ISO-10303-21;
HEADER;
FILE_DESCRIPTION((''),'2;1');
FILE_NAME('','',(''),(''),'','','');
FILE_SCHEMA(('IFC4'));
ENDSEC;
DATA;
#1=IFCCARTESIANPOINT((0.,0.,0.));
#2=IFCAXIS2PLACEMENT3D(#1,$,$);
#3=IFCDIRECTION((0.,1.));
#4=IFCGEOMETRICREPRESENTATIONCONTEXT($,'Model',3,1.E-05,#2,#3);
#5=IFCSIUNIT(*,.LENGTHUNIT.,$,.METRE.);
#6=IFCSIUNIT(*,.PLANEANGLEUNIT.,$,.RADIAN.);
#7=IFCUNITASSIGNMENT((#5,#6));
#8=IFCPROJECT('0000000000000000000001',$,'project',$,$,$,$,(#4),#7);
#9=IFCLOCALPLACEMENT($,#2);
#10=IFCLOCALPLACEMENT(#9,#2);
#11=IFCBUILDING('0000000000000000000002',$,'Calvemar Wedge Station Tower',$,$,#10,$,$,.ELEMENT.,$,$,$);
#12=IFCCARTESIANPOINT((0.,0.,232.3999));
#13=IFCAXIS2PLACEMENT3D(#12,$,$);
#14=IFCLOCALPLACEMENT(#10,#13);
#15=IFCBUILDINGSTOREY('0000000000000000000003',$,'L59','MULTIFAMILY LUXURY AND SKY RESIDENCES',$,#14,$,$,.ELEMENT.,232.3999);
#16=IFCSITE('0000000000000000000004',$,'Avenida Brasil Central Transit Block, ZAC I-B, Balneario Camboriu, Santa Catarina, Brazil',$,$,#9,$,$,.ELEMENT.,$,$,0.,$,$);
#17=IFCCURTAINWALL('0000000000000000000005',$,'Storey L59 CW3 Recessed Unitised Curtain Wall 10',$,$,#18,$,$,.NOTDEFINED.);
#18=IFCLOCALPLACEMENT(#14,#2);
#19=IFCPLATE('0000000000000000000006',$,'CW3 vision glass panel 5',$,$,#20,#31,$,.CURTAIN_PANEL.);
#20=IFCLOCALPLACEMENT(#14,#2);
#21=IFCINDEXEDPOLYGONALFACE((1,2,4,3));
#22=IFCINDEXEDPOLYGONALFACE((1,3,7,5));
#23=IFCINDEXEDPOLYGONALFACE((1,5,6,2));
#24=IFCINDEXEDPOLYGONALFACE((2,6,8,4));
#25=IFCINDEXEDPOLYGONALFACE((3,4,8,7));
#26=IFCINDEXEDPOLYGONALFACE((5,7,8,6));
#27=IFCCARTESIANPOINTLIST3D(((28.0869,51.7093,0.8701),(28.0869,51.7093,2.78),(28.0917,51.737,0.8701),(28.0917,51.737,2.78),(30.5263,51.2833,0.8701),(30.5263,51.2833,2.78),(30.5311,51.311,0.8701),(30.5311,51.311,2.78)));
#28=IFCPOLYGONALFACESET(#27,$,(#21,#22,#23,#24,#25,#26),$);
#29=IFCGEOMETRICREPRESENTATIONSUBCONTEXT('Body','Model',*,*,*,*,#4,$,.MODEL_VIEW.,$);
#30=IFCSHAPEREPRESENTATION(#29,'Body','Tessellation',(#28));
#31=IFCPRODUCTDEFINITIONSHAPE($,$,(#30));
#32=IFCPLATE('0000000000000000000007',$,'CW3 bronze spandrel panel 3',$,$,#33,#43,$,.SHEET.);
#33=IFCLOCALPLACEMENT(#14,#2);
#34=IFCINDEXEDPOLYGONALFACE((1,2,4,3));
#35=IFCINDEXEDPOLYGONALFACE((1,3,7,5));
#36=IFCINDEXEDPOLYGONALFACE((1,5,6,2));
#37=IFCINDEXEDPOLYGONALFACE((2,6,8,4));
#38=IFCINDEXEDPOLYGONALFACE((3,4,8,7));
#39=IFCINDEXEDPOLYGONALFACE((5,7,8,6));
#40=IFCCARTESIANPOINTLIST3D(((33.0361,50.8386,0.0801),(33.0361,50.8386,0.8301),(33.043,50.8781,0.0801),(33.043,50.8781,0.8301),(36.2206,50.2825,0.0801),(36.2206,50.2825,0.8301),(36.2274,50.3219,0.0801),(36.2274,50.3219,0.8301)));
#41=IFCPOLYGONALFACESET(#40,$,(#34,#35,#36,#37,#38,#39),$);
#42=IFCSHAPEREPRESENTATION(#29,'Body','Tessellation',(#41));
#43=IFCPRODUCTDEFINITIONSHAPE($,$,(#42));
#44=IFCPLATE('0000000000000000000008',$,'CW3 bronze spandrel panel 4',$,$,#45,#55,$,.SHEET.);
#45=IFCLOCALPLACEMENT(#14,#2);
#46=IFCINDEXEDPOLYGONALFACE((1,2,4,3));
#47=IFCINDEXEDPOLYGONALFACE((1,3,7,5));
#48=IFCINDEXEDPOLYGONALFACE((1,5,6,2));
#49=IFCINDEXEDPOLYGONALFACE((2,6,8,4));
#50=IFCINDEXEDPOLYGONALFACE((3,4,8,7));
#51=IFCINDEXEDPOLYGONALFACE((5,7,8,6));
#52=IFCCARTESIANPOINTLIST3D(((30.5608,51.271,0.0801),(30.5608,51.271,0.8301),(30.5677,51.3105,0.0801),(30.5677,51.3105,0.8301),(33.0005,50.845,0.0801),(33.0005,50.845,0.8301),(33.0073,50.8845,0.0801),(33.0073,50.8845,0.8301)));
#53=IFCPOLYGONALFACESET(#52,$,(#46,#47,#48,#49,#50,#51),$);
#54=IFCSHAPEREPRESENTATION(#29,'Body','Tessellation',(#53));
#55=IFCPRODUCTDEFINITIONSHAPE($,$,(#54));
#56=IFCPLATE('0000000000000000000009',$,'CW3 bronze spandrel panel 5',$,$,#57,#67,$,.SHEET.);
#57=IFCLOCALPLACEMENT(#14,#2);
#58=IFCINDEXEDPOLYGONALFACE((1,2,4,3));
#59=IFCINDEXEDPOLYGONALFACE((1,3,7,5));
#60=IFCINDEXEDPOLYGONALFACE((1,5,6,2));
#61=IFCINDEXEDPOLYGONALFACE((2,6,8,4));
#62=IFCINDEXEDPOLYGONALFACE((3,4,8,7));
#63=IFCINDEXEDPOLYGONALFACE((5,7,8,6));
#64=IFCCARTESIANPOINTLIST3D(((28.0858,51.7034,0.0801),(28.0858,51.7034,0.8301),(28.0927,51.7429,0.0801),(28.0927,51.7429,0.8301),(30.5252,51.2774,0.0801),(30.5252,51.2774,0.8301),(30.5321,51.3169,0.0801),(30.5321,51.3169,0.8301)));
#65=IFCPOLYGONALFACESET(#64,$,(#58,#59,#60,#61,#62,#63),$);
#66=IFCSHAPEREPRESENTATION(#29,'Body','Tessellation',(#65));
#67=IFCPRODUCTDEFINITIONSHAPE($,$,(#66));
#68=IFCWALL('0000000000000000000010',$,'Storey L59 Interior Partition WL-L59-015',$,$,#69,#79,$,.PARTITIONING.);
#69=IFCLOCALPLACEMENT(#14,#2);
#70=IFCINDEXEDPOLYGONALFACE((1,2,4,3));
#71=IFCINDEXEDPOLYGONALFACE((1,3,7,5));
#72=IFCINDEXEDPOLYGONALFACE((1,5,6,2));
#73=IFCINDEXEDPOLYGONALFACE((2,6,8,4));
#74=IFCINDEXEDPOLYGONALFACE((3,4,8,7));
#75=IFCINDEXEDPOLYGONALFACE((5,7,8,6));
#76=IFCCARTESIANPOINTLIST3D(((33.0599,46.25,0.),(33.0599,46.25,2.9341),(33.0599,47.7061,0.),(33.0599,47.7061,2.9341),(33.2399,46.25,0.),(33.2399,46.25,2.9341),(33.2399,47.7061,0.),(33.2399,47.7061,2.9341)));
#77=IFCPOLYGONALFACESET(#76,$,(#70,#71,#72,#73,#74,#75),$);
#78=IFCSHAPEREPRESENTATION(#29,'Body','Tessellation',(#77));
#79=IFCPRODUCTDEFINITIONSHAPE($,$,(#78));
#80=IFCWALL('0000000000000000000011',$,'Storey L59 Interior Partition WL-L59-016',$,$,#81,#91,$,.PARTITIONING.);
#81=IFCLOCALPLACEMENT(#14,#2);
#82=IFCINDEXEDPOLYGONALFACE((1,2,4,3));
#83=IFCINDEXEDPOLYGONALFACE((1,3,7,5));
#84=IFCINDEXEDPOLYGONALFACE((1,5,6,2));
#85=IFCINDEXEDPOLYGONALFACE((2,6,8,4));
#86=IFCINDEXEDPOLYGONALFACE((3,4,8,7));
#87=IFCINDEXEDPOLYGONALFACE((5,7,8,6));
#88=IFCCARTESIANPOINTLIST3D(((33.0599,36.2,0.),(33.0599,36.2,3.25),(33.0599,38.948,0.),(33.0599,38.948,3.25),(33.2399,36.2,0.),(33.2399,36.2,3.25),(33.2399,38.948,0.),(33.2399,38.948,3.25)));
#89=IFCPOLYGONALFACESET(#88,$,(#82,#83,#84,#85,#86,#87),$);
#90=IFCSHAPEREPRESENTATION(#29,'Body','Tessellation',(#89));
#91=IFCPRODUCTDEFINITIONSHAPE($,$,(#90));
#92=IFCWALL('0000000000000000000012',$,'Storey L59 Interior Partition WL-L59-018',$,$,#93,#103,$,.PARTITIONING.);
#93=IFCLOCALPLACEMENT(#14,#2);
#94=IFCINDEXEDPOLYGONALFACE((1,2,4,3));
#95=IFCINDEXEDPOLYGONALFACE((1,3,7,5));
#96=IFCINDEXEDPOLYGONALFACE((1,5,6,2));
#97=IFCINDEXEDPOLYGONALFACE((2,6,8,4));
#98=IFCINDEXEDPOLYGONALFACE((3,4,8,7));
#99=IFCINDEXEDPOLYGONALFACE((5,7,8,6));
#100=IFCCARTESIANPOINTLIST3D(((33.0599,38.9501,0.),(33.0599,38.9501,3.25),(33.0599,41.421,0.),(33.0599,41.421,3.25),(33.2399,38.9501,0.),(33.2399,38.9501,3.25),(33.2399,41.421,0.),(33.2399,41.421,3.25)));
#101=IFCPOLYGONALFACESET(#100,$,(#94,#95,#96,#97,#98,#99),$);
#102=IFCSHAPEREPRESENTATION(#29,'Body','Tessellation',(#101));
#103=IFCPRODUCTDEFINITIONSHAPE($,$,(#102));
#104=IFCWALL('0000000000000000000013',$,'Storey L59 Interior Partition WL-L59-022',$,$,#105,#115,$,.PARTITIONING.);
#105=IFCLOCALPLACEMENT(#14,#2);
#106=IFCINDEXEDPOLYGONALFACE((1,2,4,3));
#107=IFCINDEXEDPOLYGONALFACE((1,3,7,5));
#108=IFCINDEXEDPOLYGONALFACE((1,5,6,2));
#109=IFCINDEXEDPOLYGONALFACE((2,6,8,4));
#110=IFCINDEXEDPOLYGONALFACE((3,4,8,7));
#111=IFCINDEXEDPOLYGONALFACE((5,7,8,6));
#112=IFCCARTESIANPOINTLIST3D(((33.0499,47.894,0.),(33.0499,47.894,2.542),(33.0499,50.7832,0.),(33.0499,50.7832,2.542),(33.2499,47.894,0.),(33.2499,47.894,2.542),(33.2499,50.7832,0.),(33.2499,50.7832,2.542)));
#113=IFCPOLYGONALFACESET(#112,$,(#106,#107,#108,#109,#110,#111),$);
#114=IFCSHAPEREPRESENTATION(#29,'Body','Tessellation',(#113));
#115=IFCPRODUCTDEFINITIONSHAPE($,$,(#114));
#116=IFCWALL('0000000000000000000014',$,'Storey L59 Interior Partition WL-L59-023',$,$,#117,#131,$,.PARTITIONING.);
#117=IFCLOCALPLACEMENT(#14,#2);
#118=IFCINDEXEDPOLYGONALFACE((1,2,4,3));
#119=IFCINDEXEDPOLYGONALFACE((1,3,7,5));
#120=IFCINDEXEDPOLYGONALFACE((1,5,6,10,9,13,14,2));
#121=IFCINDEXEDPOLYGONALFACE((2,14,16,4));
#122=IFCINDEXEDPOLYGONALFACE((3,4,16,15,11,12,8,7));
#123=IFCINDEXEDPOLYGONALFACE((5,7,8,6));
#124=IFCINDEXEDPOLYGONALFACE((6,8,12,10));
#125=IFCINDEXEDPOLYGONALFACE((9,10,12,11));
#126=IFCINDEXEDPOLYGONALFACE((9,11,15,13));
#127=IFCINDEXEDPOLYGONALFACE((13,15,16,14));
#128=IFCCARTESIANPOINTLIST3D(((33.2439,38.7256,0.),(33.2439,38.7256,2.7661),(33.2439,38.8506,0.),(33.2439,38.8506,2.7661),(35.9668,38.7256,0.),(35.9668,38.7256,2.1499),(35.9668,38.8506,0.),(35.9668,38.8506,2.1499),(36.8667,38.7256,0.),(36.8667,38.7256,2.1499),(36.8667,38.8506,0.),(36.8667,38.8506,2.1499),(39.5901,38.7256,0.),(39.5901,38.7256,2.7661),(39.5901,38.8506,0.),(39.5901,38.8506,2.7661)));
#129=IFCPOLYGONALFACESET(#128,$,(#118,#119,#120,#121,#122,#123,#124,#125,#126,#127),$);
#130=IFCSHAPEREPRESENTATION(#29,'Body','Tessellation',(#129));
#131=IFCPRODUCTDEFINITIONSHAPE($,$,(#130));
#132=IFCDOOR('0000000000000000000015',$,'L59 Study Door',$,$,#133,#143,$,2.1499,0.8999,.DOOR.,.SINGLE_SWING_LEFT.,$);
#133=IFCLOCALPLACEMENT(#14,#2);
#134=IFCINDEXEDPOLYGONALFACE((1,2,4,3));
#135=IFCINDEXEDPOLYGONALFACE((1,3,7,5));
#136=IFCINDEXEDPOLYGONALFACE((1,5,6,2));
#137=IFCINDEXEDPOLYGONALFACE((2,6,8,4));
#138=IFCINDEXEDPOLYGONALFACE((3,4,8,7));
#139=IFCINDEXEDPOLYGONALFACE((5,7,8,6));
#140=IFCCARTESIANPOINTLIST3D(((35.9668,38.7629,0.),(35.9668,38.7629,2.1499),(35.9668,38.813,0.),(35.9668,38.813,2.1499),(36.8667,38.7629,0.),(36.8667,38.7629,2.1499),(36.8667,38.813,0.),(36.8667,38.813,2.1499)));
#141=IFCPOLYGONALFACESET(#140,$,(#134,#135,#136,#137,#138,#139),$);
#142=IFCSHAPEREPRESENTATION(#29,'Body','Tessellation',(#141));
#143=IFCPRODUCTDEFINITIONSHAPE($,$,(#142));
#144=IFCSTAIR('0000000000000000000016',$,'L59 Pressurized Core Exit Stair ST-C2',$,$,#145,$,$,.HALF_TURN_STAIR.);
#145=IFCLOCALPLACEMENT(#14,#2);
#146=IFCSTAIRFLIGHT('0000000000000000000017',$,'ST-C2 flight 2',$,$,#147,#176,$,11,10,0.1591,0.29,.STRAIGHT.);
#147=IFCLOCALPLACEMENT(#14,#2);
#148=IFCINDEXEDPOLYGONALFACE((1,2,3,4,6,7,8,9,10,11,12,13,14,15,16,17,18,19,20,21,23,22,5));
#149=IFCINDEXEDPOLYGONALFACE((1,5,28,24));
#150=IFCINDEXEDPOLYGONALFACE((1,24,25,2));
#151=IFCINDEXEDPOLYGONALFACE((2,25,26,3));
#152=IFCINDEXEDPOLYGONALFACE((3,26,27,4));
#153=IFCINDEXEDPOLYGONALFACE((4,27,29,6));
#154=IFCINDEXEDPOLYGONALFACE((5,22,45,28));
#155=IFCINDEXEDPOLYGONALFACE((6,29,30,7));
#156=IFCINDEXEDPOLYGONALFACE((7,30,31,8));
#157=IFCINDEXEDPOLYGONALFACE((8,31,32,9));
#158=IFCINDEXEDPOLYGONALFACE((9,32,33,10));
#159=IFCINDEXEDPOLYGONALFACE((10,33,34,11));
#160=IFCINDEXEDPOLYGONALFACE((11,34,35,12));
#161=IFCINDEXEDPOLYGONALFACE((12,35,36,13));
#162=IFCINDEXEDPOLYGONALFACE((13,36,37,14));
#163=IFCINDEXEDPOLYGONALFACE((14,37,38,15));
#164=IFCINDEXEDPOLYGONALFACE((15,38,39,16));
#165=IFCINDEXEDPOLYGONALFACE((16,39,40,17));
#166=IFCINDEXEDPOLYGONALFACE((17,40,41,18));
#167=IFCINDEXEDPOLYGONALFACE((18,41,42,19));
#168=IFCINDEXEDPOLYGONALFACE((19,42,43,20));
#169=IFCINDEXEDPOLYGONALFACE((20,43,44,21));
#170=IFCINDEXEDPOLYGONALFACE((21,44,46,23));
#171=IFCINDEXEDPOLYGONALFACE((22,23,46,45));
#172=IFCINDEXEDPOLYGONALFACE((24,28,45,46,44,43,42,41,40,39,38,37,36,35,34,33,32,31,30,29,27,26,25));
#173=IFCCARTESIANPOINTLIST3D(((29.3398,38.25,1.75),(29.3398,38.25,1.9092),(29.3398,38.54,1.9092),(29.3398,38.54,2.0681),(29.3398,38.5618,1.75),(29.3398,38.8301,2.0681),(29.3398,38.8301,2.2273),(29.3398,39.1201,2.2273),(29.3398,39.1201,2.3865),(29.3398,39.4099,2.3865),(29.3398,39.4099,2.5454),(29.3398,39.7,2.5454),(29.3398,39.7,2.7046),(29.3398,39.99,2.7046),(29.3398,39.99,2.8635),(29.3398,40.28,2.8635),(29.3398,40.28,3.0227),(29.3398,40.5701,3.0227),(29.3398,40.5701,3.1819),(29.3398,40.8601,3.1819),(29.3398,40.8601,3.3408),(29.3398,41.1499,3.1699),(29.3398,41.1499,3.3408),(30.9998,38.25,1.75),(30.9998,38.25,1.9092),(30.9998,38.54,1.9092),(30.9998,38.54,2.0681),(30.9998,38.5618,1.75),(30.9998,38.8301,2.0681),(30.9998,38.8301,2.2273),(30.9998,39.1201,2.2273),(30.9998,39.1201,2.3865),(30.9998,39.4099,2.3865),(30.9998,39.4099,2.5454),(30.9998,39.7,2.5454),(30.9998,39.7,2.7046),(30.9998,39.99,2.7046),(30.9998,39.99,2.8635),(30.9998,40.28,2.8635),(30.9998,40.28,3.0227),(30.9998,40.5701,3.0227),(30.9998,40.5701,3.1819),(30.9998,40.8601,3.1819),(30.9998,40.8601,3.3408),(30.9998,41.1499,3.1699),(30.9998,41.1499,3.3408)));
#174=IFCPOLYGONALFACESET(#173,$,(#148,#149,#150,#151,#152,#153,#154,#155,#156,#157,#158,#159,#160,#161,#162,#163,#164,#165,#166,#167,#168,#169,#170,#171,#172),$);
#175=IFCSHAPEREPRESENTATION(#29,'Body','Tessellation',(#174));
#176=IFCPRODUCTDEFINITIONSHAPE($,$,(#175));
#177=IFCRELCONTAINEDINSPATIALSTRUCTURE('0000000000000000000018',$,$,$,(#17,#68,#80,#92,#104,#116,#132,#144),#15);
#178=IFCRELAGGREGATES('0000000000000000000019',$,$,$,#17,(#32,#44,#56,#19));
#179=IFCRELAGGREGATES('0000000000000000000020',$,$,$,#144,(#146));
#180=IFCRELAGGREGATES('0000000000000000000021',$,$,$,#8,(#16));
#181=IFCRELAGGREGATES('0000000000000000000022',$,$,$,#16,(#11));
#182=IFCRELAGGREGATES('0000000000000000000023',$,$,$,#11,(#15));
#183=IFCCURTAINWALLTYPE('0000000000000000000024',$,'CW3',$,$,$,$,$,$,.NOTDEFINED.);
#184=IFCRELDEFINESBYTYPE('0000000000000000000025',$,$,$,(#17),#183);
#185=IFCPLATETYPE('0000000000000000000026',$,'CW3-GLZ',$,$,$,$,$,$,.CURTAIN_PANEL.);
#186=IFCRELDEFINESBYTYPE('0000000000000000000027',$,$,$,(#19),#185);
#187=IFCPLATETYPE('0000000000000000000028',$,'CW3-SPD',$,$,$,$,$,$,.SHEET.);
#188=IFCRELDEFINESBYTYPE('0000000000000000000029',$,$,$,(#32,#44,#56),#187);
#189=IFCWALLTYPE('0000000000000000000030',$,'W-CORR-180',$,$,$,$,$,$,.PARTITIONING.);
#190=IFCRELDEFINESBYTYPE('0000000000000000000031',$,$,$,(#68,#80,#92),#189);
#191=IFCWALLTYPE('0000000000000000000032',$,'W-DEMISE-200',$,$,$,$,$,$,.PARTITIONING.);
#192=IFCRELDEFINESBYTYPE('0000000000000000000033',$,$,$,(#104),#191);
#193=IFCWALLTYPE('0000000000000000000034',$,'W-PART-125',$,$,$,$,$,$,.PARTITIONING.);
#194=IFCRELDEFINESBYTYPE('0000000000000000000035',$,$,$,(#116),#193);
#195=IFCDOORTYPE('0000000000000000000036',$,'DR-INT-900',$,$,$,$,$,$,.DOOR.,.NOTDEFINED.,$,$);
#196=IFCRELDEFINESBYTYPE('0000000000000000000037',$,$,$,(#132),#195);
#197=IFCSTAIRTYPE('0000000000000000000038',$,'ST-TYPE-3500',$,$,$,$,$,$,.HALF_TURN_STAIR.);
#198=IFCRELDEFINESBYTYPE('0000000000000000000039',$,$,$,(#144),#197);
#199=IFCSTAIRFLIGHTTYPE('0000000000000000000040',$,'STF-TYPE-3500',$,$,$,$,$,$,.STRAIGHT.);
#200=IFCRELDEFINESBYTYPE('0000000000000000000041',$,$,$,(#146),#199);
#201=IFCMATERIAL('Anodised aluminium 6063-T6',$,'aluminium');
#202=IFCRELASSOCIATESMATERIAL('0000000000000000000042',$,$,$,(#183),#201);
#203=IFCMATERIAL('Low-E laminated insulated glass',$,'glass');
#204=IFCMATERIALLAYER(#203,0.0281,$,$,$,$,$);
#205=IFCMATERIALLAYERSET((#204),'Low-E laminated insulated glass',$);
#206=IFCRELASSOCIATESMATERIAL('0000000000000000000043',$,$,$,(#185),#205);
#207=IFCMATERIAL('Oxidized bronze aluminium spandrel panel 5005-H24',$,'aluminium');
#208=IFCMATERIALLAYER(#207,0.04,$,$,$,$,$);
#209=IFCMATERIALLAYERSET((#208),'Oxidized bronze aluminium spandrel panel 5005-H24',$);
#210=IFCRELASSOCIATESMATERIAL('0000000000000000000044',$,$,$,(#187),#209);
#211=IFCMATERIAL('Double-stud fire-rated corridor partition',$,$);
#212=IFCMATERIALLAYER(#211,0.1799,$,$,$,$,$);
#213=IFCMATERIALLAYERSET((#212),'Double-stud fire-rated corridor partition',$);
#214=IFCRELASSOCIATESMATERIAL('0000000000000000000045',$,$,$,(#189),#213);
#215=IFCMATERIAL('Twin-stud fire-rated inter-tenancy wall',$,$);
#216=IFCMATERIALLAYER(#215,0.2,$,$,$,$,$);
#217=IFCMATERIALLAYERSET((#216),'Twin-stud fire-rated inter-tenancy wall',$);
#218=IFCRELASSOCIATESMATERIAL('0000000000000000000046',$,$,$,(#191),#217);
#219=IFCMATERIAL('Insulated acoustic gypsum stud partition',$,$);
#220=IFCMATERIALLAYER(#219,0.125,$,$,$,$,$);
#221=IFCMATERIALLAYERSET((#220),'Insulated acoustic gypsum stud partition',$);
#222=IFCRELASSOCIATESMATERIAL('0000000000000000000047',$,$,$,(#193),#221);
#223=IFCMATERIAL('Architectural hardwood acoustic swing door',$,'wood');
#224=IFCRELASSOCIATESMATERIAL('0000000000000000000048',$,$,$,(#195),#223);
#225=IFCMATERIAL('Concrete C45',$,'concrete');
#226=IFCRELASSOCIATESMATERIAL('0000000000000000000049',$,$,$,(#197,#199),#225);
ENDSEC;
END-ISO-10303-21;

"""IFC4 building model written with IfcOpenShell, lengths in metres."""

from ifc_helpers import new_model, si_unit, direction, frame, frame_2d, origin, place, context, subcontext, project, spatial, polyline, rectangle, outline, extrude, source, transform, mapped, material, layer, layer_set, type_object, element, fill, aggregate, save


model = new_model("IFC4")

# Units and contexts
model_context = context("Model", 3, precision=1e-05, world=origin(), true_north=direction((0.0, 1.0)))
body_context = subcontext(model_context, "Body", "Model", "MODEL_VIEW")
ifc_project = project(units=[si_unit("LENGTHUNIT", "METRE"), si_unit("PLANEANGLEUNIT", "RADIAN")], contexts=[model_context])

# Site, building, storey
site_placement = place(None, origin())
site = spatial("IfcSite", under=ifc_project, at=site_placement, Name="Avenida Brasil Central Transit Block, ZAC I-B, Balneario Camboriu, Santa Catarina, Brazil", CompositionType="ELEMENT", RefElevation=0.0)
building_placement = place(site_placement, origin())
building = spatial("IfcBuilding", under=site, at=building_placement, Name="Calvemar Wedge Station Tower", CompositionType="ELEMENT")
storey_placement = place(building_placement, frame((0.0, 0.0, 232.3999)))
storey = spatial("IfcBuildingStorey", under=building, at=storey_placement, Name="L59", Description="MULTIFAMILY LUXURY AND SKY RESIDENCES", CompositionType="ELEMENT", Elevation=232.3999)

# Curtain wall, plates
ifc_material_1 = material(Name="Anodised aluminium 6063-T6", Category="aluminium")
curtain_wall_type = type_object("IfcCurtainWallType", Name="CW3", PredefinedType="NOTDEFINED", material=ifc_material_1)
curtain_wall_placement = place(storey_placement, origin())
curtain_wall = element("IfcCurtainWall", 1, at=curtain_wall_placement, inside=storey, type_object=curtain_wall_type, Name="Storey L59 CW3 Recessed Unitised Curtain Wall 10", PredefinedType="NOTDEFINED")
ifc_material_2 = material(Name="Low-E laminated insulated glass", Category="glass")
ifc_layer_1 = layer(ifc_material_2, 0.0281)
ifc_layer_set_1 = layer_set([ifc_layer_1], Name="Low-E laminated insulated glass")
plate_type_1 = type_object("IfcPlateType", Name="CW3-GLZ", PredefinedType="CURTAIN_PANEL", material=ifc_layer_set_1)
plate_1_placement = place(storey_placement, frame((30.5288, 51.2971, 0.8701), z_axis=(0.0, 0.0, 1.0), x_axis=(-0.985091, 0.172036, 0.0)))
plate_1 = element("IfcPlate", 2, at=plate_1_placement, type_object=plate_type_1, Name="CW3 vision glass panel 5", PredefinedType="CURTAIN_PANEL", context=body_context, shape_type="SweptSolid", body=[
    extrude(rectangle(XDim=2.4763, YDim=0.0281, at=frame_2d((1.2383, 0.0))), origin(), (0.0, 0.0, 1.0), 1.9099),
])
ifc_material_3 = material(Name="Oxidized bronze aluminium spandrel panel 5005-H24", Category="aluminium")
ifc_layer_2 = layer(ifc_material_3, 0.04)
ifc_layer_set_2 = layer_set([ifc_layer_2], Name="Oxidized bronze aluminium spandrel panel 5005-H24")
plate_type_2 = type_object("IfcPlateType", Name="CW3-SPD", PredefinedType="SHEET", material=ifc_layer_set_2)
plate_2_placement = place(storey_placement, frame((36.2239, 50.3022, 0.0801), z_axis=(0.0, 0.0, 1.0), x_axis=(-0.985091, 0.172036, 0.0)))
plate_2 = element("IfcPlate", 3, at=plate_2_placement, type_object=plate_type_2, Name="CW3 bronze spandrel panel 3", PredefinedType="SHEET", context=body_context, shape_type="SweptSolid", body=[
    extrude(rectangle(XDim=3.2327, YDim=0.04, at=frame_2d((1.6162, 0.0))), origin(), (0.0, 0.0, 1.0), 0.75),
])
plate_3_placement = place(storey_placement, frame((33.0039, 50.8647, 0.0801), z_axis=(0.0, 0.0, 1.0), x_axis=(-0.985094, 0.172019, 0.0)))
plate_3 = element("IfcPlate", 4, at=plate_3_placement, type_object=plate_type_2, Name="CW3 bronze spandrel panel 4", PredefinedType="SHEET", context=body_context, shape_type="SweptSolid", body=[
    extrude(rectangle(XDim=2.4766, YDim=0.04, at=frame_2d((1.2383, 0.0))), origin(), (0.0, 0.0, 1.0), 0.75),
])
plate_4_placement = place(storey_placement, frame((30.5288, 51.2971, 0.0801), z_axis=(0.0, 0.0, 1.0), x_axis=(-0.985091, 0.172036, 0.0)))
plate_4 = element("IfcPlate", 5, at=plate_4_placement, type_object=plate_type_2, Name="CW3 bronze spandrel panel 5", PredefinedType="SHEET", context=body_context, shape_type="SweptSolid", body=[
    extrude(rectangle(XDim=2.4763, YDim=0.04, at=frame_2d((1.2383, 0.0))), origin(), (0.0, 0.0, 1.0), 0.75),
])
aggregate(curtain_wall, [plate_2, plate_3, plate_4, plate_1])

# Walls
ifc_material_4 = material(Name="Double-stud fire-rated corridor partition")
ifc_layer_3 = layer(ifc_material_4, 0.1799)
ifc_layer_set_3 = layer_set([ifc_layer_3], Name="Double-stud fire-rated corridor partition")
wall_type_1 = type_object("IfcWallType", Name="W-CORR-180", PredefinedType="PARTITIONING", material=ifc_layer_set_3)
wall_1_placement = place(storey_placement, frame((33.1499, 47.7061, 0.0), z_axis=(0.0, 0.0, 1.0), x_axis=(0.0, -1.0, 0.0)))
element("IfcWall", 6, at=wall_1_placement, inside=storey, type_object=wall_type_1, Name="Storey L59 Interior Partition WL-L59-015", PredefinedType="PARTITIONING", context=body_context, shape_type="SweptSolid", body=[
    extrude(rectangle(XDim=1.4561, YDim=0.1799, at=frame_2d((0.728, 0.0))), origin(), (0.0, 0.0, 1.0), 2.9341),
])
wall_2_placement = place(storey_placement, frame((33.1499, 38.948, 0.0), z_axis=(0.0, 0.0, 1.0), x_axis=(0.0, -1.0, 0.0)))
element("IfcWall", 7, at=wall_2_placement, inside=storey, type_object=wall_type_1, Name="Storey L59 Interior Partition WL-L59-016", PredefinedType="PARTITIONING", context=body_context, shape_type="SweptSolid", body=[
    extrude(rectangle(XDim=2.748, YDim=0.1799, at=frame_2d((1.374, 0.0))), origin(), (0.0, 0.0, 1.0), 3.25),
])

# Walls
wall_3_placement = place(storey_placement, frame((33.1499, 41.4209, 0.0), z_axis=(0.0, 0.0, 1.0), x_axis=(0.0, -1.0, 0.0)))
element("IfcWall", 8, at=wall_3_placement, inside=storey, type_object=wall_type_1, Name="Storey L59 Interior Partition WL-L59-018", PredefinedType="PARTITIONING", context=body_context, shape_type="SweptSolid", body=[
    extrude(rectangle(XDim=2.4709, YDim=0.1799, at=frame_2d((1.2354, 0.0))), origin(), (0.0, 0.0, 1.0), 3.25),
])
ifc_material_5 = material(Name="Twin-stud fire-rated inter-tenancy wall")
ifc_layer_4 = layer(ifc_material_5, 0.2)
ifc_layer_set_4 = layer_set([ifc_layer_4], Name="Twin-stud fire-rated inter-tenancy wall")
wall_type_2 = type_object("IfcWallType", Name="W-DEMISE-200", PredefinedType="PARTITIONING", material=ifc_layer_set_4)
wall_4_placement = place(storey_placement, frame((33.1499, 50.7832, 0.0), z_axis=(0.0, 0.0, 1.0), x_axis=(0.0, -1.0, 0.0)))
element("IfcWall", 9, at=wall_4_placement, inside=storey, type_object=wall_type_2, Name="Storey L59 Interior Partition WL-L59-022", PredefinedType="PARTITIONING", context=body_context, shape_type="SweptSolid", body=[
    extrude(rectangle(XDim=2.8892, YDim=0.2, at=frame_2d((1.4446, 0.0))), origin(), (0.0, 0.0, 1.0), 2.542),
])

# Wall, opening, door
ifc_material_6 = material(Name="Insulated acoustic gypsum stud partition")
ifc_layer_5 = layer(ifc_material_6, 0.125)
ifc_layer_set_5 = layer_set([ifc_layer_5], Name="Insulated acoustic gypsum stud partition")
wall_type_3 = type_object("IfcWallType", Name="W-PART-125", PredefinedType="PARTITIONING", material=ifc_layer_set_5)
wall_5_placement = place(storey_placement, frame((33.2439, 38.7881, 0.0), z_axis=(0.0, 0.0, 1.0), x_axis=(1.0, 0.0, 0.0)))
wall_5 = element("IfcWall", 10, at=wall_5_placement, inside=storey, type_object=wall_type_3, Name="Storey L59 Interior Partition WL-L59-023", PredefinedType="PARTITIONING", context=body_context, shape_type="SweptSolid", body=[
    extrude(rectangle(XDim=6.3462, YDim=0.125, at=frame_2d((3.1731, 0.0))), origin(), (0.0, 0.0, 1.0), 2.7661),
])
shared_shape_1 = source(origin(), body_context, "Body", "SweptSolid", [
    extrude(rectangle(XDim=0.8999, YDim=2.1499, at=frame_2d((0.45, 1.075))), frame((0.0, 0.0725, 0.0), z_axis=(0.0, -1.0, 0.0), x_axis=(1.0, 0.0, 0.0)), (0.0, 0.0, 1.0), 0.145),
])
opening_1_placement = place(wall_5_placement, frame((2.7229, 0.0, 0.0)))
opening_1 = element("IfcOpeningElement", 11, at=opening_1_placement, cuts=wall_5, PredefinedType="OPENING", context=body_context, shape_type="MappedRepresentation", body=[
    mapped(shared_shape_1, transform((0.0, 0.0, 0.0), scale=1.0)),
])
ifc_material_7 = material(Name="Architectural hardwood acoustic swing door", Category="wood")
door_type_1 = type_object("IfcDoorType", Name="DR-INT-900", OperationType="NOTDEFINED", PredefinedType="DOOR", material=ifc_material_7)
shared_shape_2 = source(origin(), body_context, "Body", "SweptSolid", [
    extrude(rectangle(XDim=0.8999, YDim=2.1499, at=frame_2d((0.45, 1.075))), frame((0.0, 0.0249, 0.0), z_axis=(0.0, -1.0, 0.0), x_axis=(1.0, 0.0, 0.0)), (0.0, 0.0, 1.0), 0.05),
])
door_1_placement = place(opening_1_placement, origin())
door_1 = element("IfcDoor", 12, at=door_1_placement, inside=storey, type_object=door_type_1, Name="L59 Study Door", OperationType="SINGLE_SWING_LEFT", OverallHeight=2.1499, OverallWidth=0.8999, PredefinedType="DOOR", context=body_context, shape_type="MappedRepresentation", body=[
    mapped(shared_shape_2, transform((0.0, 0.0, 0.0), scale=1.0)),
])
fill(opening_1, door_1)

# Stair, stair flight
ifc_material_8 = material(Name="Concrete C45", Category="concrete")
stair_type = type_object("IfcStairType", Name="ST-TYPE-3500", PredefinedType="HALF_TURN_STAIR", material=ifc_material_8)
stair_placement = place(storey_placement, origin())
stair = element("IfcStair", 13, at=stair_placement, inside=storey, type_object=stair_type, Name="L59 Pressurized Core Exit Stair ST-C2", PredefinedType="HALF_TURN_STAIR")
stair_flight_type = type_object("IfcStairFlightType", Name="STF-TYPE-3500", PredefinedType="STRAIGHT", material=ifc_material_8)
stair_flight_placement = place(storey_placement, frame((30.1699, 38.25, 1.75), z_axis=(0.0, 0.0, 1.0), x_axis=(0.0, 1.0, 0.0)))
stair_flight = element("IfcStairFlight", 14, at=stair_flight_placement, type_object=stair_flight_type, Name="ST-C2 flight 2", NumberOfRisers=11, NumberOfTreads=10, PredefinedType="STRAIGHT", RiserHeight=0.1591, TreadLength=0.29, context=body_context, shape_type="SweptSolid", body=[
    extrude(outline(polyline([(0.0, 0.0), (0.0, 0.1592), (0.29, 0.1592), (0.29, 0.3181), (0.5801, 0.3181), (0.5801, 0.4773), (0.8701, 0.4773), (0.8701, 0.6365), (1.1599, 0.6365), (1.1599, 0.7954), (1.45, 0.7954), (1.45, 0.9546), (1.74, 0.9546), (1.74, 1.1135), (2.03, 1.1135), (2.03, 1.2727), (2.3201, 1.2727), (2.3201, 1.4319), (2.6101, 1.4319), (2.6101, 1.5908), (2.8999, 1.5908), (2.8999, 1.75), (2.8999, 1.4199), (0.3118, 0.0), (0.0, 0.0)])), frame((0.0, 0.8301, 0.0), z_axis=(0.0, -1.0, 0.0), x_axis=(1.0, 0.0, 0.0)), (0.0, 0.0, 1.0), 1.6599),
])
aggregate(stair, [stair_flight])

save(model, "model.ifc")
